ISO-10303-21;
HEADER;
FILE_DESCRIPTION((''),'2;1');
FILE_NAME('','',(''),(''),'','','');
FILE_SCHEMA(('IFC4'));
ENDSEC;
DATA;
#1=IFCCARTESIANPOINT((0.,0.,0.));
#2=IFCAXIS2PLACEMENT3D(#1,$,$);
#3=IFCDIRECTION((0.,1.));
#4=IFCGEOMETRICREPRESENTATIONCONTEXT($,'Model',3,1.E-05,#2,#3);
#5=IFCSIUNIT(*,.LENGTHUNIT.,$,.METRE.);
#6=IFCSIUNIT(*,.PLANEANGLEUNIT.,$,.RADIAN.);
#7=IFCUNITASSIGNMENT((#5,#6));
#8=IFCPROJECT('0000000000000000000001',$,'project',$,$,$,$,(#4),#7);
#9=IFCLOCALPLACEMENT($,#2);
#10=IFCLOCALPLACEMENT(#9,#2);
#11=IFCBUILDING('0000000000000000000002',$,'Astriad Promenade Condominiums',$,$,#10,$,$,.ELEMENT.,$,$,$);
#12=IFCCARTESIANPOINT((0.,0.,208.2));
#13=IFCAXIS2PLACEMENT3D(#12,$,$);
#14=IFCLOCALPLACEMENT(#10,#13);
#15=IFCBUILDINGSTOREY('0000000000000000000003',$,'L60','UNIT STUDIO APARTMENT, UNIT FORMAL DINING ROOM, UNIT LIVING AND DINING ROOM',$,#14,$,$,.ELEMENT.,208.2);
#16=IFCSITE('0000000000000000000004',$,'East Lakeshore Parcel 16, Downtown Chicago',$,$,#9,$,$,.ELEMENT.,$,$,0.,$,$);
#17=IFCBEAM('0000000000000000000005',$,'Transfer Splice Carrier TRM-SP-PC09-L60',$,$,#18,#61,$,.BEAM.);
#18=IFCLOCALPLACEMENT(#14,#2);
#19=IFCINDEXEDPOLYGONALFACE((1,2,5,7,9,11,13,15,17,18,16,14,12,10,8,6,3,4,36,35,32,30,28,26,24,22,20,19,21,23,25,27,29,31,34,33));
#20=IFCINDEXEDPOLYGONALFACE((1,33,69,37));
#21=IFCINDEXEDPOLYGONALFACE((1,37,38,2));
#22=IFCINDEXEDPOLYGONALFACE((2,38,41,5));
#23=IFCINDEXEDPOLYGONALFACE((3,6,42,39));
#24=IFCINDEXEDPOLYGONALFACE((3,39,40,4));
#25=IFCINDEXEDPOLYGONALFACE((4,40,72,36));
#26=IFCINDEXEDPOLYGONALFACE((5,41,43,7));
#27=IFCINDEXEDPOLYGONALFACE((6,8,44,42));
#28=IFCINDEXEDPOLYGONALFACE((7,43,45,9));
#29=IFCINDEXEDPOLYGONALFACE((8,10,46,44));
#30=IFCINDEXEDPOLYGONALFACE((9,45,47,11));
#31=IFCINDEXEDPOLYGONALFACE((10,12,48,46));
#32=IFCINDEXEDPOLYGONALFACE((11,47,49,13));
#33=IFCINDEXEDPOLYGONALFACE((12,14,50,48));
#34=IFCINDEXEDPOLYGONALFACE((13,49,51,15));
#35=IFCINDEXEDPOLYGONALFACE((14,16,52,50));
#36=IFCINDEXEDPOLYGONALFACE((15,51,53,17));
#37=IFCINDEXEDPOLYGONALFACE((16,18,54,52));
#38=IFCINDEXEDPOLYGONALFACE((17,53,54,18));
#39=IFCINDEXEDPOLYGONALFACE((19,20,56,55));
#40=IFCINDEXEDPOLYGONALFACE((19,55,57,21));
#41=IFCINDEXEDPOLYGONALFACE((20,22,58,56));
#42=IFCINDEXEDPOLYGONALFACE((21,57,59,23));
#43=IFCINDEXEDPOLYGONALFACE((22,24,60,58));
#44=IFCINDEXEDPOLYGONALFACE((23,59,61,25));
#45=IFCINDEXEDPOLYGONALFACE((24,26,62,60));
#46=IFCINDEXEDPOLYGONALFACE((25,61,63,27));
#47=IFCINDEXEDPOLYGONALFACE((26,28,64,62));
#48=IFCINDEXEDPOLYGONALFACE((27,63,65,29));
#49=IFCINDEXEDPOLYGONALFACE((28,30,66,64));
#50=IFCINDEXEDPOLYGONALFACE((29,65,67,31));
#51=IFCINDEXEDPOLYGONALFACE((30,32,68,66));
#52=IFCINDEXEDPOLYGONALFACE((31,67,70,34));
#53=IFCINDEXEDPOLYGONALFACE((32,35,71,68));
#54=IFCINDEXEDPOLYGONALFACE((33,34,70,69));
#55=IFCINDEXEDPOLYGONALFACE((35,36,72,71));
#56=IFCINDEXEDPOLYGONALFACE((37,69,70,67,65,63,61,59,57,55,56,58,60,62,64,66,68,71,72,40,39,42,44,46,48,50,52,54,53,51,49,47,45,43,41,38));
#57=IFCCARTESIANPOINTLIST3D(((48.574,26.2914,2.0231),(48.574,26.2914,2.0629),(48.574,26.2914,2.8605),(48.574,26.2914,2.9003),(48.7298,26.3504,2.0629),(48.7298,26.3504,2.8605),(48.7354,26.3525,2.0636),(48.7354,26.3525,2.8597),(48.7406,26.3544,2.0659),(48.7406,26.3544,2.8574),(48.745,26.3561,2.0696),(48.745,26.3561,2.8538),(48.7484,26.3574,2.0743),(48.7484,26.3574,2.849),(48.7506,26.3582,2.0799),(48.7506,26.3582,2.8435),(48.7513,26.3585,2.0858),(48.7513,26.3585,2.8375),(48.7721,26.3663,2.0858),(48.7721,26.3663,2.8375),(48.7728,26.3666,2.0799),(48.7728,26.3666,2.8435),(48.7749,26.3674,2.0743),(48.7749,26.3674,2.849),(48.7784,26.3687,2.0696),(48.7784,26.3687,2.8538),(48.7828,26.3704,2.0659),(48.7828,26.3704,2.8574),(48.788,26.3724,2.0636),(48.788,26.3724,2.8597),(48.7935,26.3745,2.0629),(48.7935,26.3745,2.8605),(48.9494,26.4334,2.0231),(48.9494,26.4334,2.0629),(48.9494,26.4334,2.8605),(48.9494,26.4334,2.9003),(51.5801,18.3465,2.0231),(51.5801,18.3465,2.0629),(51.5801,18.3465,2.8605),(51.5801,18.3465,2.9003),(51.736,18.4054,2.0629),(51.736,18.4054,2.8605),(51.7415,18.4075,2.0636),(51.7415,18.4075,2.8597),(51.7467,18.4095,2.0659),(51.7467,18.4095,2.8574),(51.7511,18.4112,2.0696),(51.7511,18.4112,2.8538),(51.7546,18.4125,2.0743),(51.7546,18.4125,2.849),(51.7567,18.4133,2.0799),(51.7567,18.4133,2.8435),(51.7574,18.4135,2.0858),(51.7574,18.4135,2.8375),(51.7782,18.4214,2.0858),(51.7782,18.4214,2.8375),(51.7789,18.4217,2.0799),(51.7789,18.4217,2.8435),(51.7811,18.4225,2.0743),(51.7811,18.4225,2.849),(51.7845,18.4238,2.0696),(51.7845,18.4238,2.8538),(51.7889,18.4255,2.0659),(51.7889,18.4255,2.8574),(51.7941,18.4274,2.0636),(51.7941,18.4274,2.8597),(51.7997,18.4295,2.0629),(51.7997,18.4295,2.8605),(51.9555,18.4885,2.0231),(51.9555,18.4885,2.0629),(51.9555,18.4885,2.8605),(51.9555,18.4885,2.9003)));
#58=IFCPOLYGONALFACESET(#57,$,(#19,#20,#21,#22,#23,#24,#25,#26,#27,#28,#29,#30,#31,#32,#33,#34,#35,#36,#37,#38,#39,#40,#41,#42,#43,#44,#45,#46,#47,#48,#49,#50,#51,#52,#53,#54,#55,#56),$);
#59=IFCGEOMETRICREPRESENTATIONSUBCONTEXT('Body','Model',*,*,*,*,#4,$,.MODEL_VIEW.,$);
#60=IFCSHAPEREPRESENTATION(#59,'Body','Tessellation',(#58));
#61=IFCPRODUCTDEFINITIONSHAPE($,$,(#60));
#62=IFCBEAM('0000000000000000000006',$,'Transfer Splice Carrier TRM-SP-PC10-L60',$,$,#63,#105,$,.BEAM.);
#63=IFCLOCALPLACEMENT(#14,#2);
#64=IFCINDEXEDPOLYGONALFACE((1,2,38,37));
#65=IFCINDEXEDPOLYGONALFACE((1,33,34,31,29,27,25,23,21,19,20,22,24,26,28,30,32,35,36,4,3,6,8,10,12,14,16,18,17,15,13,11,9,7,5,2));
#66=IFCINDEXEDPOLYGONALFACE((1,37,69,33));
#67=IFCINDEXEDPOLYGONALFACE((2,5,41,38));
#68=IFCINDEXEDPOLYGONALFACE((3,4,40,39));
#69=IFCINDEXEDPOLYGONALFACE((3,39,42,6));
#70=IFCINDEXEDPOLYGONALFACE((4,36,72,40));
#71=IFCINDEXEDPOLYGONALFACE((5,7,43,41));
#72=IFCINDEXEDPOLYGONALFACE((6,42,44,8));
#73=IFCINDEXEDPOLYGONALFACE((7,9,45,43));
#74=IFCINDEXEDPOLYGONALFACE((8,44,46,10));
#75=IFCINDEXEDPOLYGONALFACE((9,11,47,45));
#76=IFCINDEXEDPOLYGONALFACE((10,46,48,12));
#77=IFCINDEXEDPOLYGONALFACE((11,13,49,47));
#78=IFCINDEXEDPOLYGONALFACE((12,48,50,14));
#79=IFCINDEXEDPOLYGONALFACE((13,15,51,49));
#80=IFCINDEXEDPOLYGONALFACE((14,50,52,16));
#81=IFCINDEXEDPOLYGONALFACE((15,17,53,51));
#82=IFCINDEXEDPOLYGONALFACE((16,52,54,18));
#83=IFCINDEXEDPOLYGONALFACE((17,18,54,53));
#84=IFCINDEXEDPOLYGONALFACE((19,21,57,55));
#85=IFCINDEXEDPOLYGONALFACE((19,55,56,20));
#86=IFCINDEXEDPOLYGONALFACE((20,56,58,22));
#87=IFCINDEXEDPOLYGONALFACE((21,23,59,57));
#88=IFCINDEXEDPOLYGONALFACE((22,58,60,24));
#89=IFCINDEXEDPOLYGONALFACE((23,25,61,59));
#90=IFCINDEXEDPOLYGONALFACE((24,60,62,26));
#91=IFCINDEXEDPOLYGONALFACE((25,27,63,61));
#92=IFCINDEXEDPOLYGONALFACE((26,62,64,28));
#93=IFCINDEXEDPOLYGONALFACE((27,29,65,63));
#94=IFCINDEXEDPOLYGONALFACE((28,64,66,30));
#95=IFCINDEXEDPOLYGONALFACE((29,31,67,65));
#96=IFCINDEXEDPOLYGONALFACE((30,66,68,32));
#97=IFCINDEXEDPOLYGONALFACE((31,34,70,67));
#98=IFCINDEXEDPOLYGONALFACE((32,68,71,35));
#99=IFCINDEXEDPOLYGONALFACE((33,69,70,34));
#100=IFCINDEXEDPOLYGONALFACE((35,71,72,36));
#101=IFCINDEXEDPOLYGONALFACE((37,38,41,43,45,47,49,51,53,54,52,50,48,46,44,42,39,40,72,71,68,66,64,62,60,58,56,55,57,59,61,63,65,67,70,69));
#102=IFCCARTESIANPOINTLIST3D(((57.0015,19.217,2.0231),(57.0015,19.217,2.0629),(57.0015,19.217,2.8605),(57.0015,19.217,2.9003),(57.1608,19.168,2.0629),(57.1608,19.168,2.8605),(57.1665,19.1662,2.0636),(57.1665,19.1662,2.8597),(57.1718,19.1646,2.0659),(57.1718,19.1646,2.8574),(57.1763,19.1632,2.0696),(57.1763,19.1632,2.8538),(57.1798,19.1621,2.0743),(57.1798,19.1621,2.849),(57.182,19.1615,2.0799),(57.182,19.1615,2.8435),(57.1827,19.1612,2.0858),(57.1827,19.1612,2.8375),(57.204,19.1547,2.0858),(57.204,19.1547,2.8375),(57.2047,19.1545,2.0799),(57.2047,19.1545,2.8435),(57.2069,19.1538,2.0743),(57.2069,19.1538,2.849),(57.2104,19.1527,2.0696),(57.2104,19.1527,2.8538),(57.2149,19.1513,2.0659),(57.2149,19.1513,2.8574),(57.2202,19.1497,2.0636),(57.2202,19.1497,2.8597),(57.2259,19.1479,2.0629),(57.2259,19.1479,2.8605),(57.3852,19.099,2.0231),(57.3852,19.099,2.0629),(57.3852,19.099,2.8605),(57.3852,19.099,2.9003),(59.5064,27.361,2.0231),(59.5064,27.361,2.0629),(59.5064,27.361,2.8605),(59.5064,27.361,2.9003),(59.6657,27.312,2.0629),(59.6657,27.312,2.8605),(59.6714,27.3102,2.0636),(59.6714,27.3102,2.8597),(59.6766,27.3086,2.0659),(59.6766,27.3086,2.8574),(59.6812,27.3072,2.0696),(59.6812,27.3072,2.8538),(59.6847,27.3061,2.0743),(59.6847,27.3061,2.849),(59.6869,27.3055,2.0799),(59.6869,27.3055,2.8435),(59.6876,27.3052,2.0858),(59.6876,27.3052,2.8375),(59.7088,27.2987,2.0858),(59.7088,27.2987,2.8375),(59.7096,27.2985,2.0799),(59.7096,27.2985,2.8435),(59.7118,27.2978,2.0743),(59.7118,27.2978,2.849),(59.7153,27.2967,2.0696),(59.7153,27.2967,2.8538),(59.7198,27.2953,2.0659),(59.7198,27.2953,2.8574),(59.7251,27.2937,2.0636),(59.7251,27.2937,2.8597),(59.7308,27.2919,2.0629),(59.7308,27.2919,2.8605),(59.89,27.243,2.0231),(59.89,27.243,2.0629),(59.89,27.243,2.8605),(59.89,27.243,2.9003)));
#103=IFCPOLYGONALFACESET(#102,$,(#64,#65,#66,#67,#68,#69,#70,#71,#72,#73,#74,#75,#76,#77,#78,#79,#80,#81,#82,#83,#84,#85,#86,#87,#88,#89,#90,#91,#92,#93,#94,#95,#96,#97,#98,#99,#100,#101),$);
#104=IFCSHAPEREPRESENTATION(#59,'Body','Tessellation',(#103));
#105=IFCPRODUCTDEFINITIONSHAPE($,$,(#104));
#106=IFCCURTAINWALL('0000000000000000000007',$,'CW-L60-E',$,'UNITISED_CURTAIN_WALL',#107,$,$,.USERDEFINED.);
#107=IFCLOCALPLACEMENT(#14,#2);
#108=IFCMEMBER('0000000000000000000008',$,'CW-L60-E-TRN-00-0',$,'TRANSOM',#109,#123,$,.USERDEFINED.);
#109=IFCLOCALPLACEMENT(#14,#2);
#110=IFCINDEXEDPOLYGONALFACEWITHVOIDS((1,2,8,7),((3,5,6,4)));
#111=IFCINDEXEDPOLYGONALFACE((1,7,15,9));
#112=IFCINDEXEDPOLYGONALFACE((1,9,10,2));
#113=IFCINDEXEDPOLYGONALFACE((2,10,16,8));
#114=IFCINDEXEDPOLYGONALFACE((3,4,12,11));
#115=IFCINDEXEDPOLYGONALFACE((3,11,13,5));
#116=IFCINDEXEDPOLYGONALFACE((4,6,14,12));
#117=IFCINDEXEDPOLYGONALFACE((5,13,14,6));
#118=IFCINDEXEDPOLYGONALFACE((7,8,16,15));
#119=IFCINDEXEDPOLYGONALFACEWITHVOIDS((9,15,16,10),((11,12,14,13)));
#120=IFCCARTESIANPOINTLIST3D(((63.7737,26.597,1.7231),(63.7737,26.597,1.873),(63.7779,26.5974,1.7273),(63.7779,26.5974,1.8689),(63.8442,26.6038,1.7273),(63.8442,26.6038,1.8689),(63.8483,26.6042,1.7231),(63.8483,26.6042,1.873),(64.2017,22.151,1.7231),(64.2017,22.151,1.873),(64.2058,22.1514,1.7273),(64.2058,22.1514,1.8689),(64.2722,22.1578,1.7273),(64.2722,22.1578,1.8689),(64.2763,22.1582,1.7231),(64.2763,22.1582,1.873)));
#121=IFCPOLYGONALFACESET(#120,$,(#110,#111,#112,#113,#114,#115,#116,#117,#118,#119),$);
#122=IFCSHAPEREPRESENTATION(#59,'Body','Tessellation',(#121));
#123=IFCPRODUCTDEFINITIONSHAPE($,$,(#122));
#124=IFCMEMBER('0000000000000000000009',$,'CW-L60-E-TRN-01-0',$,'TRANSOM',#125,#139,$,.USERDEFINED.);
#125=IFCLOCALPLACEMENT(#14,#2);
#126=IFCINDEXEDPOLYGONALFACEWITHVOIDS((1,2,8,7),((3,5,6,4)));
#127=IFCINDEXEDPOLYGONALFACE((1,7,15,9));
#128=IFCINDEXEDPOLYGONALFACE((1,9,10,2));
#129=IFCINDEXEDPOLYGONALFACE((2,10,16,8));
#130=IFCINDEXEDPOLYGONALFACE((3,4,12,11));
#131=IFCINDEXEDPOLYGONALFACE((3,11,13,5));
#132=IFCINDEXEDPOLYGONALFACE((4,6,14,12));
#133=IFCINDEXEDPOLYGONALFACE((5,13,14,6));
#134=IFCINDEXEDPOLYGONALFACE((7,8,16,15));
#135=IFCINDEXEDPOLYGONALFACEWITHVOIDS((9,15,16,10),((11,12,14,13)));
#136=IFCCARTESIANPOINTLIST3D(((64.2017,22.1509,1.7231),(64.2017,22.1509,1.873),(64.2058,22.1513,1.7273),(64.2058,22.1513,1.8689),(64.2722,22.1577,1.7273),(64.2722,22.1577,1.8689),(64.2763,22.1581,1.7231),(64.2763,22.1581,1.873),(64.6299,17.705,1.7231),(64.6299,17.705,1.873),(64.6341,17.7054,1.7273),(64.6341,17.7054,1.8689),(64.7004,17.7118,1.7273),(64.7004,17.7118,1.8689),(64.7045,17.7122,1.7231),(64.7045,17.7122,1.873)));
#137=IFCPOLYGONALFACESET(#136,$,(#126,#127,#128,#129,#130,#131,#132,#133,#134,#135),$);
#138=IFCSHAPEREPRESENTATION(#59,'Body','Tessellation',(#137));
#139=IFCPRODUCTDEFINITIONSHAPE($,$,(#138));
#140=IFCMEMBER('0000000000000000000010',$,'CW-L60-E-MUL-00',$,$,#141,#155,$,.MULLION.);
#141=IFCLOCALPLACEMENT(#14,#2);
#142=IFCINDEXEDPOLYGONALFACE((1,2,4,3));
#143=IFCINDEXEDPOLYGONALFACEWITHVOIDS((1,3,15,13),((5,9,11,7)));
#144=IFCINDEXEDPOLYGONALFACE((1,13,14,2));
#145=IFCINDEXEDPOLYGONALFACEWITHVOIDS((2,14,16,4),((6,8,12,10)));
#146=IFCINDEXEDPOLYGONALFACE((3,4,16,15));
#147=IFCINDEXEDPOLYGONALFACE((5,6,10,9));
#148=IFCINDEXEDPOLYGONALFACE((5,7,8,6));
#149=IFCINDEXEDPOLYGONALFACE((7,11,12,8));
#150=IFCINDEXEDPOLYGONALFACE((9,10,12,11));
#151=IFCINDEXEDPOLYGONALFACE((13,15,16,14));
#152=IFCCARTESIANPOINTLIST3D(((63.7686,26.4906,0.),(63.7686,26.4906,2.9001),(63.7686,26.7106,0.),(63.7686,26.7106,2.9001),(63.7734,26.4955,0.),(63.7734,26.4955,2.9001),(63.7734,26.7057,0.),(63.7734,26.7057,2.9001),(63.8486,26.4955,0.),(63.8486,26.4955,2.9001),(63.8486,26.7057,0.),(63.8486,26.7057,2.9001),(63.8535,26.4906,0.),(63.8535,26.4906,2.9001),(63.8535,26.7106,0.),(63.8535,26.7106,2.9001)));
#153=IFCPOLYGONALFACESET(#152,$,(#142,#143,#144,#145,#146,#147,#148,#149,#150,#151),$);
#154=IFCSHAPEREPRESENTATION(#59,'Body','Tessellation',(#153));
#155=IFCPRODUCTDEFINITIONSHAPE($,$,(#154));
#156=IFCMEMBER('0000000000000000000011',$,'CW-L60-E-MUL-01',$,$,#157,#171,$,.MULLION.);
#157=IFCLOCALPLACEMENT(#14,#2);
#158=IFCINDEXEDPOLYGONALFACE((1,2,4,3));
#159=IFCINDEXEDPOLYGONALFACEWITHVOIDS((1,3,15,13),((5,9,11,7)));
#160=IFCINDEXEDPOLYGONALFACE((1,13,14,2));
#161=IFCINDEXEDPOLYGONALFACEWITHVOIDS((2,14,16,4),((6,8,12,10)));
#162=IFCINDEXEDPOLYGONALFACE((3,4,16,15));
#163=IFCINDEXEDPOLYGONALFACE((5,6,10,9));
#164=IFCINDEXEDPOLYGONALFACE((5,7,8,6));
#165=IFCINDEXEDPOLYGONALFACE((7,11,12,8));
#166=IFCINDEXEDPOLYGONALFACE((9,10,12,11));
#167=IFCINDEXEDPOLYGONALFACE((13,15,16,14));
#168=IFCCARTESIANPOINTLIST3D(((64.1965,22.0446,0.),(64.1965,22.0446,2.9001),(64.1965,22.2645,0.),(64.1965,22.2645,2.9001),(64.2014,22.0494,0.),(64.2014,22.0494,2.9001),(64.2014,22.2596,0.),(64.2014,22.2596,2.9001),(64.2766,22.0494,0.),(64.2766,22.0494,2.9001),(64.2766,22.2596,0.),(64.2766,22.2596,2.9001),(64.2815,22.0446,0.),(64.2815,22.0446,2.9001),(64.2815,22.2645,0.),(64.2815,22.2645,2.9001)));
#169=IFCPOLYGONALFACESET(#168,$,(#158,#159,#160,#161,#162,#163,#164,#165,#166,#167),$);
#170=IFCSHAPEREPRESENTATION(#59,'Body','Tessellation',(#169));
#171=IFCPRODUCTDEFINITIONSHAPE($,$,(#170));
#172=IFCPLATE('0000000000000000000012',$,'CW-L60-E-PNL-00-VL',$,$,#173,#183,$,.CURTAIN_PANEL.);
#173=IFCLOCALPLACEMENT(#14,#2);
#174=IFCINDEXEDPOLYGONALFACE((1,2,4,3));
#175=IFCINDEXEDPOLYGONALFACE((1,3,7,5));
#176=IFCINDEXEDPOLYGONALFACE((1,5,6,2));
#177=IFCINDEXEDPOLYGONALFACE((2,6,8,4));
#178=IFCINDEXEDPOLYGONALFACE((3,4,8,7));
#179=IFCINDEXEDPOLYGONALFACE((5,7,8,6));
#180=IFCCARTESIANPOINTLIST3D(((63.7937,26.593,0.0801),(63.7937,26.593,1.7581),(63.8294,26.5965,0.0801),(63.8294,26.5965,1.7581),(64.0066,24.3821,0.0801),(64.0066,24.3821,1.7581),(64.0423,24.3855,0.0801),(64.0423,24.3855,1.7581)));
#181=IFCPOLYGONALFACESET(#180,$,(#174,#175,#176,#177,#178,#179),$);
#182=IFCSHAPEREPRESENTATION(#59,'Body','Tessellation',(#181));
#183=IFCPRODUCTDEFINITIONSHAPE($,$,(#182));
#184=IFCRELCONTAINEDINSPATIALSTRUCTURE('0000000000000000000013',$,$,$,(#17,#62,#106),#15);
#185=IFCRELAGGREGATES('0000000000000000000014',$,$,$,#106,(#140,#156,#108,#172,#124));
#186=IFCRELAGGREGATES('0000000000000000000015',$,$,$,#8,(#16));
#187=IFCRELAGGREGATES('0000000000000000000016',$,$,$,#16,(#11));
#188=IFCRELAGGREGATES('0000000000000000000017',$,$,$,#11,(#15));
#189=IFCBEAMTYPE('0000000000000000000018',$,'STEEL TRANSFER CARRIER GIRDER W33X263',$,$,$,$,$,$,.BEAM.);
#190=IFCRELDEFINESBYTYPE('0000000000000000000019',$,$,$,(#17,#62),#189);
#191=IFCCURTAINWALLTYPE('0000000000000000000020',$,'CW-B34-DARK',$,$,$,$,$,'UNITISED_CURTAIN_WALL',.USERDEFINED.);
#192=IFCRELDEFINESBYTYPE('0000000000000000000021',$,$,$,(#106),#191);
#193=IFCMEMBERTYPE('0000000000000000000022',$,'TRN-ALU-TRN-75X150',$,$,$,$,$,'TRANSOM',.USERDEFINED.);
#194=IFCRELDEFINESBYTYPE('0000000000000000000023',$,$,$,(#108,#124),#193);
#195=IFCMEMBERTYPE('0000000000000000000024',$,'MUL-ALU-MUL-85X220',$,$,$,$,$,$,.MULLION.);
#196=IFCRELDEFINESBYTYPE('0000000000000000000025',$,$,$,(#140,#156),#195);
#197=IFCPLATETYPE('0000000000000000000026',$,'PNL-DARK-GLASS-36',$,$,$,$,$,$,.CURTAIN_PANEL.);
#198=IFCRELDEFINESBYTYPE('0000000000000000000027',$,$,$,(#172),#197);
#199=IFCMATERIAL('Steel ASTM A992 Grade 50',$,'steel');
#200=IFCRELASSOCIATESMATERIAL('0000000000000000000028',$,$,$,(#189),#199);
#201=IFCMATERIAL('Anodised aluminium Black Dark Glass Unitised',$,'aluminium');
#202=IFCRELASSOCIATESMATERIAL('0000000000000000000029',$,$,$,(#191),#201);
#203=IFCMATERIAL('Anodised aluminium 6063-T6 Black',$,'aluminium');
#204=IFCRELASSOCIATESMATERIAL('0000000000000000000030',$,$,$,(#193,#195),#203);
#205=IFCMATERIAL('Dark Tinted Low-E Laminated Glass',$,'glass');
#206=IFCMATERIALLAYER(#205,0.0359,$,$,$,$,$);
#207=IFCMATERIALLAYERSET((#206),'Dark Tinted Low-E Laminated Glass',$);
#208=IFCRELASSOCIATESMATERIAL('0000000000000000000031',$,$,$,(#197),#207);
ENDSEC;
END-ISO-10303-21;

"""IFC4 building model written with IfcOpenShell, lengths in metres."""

from ifc_helpers import new_model, si_unit, direction, frame, origin, origin_2d, place, context, subcontext, project, spatial, rectangle, hollow_rectangle, i_section, extrude, source, transform, mapped, material, layer, layer_set, material_profile, profile_set, type_object, type_shapes, element, aggregate, save


model = new_model("IFC4")

# Units and contexts
model_context = context("Model", 3, precision=1e-05, world=origin(), true_north=direction((0.0, 1.0)))
body_context = subcontext(model_context, "Body", "Model", "MODEL_VIEW")
ifc_project = project(units=[si_unit("LENGTHUNIT", "METRE"), si_unit("PLANEANGLEUNIT", "RADIAN")], contexts=[model_context])

# Site, building, storey
site_placement = place(None, origin())
site = spatial("IfcSite", under=ifc_project, at=site_placement, Name="East Lakeshore Parcel 16, Downtown Chicago", CompositionType="ELEMENT", RefElevation=0.0)
building_placement = place(site_placement, origin())
building = spatial("IfcBuilding", under=site, at=building_placement, Name="Astriad Promenade Condominiums", CompositionType="ELEMENT")
storey_placement = place(building_placement, frame((0.0, 0.0, 208.2)))
storey = spatial("IfcBuildingStorey", under=building, at=storey_placement, Name="L60", Description="UNIT STUDIO APARTMENT, UNIT FORMAL DINING ROOM, UNIT LIVING AND DINING ROOM", CompositionType="ELEMENT", Elevation=208.2)

# Beams
ifc_material_1 = material(Name="Steel ASTM A992 Grade 50", Category="steel")
ifc_material_profile_1 = material_profile(ifc_material_1, i_section(OverallWidth=0.4014, OverallDepth=0.8772, WebThickness=0.0222, FlangeThickness=0.0398, FilletRadius=0.0229, at=origin_2d()), Name="W33X263")
ifc_profile_set_1 = profile_set([ifc_material_profile_1], Name="Steel ASTM A992 Grade 50")
beam_type_1 = type_object("IfcBeamType", Name="STEEL TRANSFER CARRIER GIRDER W33X263", PredefinedType="BEAM", material=ifc_profile_set_1)
shared_shape_1 = source(origin(), body_context, "Body", "SweptSolid", [
    extrude(i_section(OverallWidth=0.4014, OverallDepth=0.8772, WebThickness=0.0222, FlangeThickness=0.0398, FilletRadius=0.0229, at=origin_2d()), origin(), (0.0, 0.0, 1.0), 8.4946),
])
beam_1_placement = place(storey_placement, frame((51.7678, 18.4175, 2.4617), z_axis=(-0.353887, 0.935288, 0.0), x_axis=(-0.935288, -0.353887, 0.0)))
element("IfcBeam", 1, at=beam_1_placement, inside=storey, type_object=beam_type_1, Name="Transfer Splice Carrier TRM-SP-PC09-L60", PredefinedType="BEAM", context=body_context, shape_type="MappedRepresentation", body=[
    mapped(shared_shape_1, transform((0.0, 0.0, 0.0), scale=1.0)),
])
shared_shape_2 = source(origin(), body_context, "Body", "SweptSolid", [
    extrude(i_section(OverallWidth=0.4014, OverallDepth=0.8772, WebThickness=0.0222, FlangeThickness=0.0398, FilletRadius=0.0229, at=origin_2d()), origin(), (0.0, 0.0, 1.0), 8.5205),
])
type_shapes(beam_type_1, [shared_shape_1, shared_shape_2])
beam_2_placement = place(storey_placement, frame((57.1934, 19.158, 2.4617), z_axis=(0.293981, 0.955811, 0.0), x_axis=(-0.955811, 0.293981, 0.0)))
element("IfcBeam", 2, at=beam_2_placement, inside=storey, type_object=beam_type_1, Name="Transfer Splice Carrier TRM-SP-PC10-L60", PredefinedType="BEAM", context=body_context, shape_type="MappedRepresentation", body=[
    mapped(shared_shape_2, transform((0.0, 0.0, 0.0), scale=1.0)),
])

# Curtain wall, members, plate
ifc_material_2 = material(Name="Anodised aluminium Black Dark Glass Unitised", Category="aluminium")
curtain_wall_type = type_object("IfcCurtainWallType", Name="CW-B34-DARK", ElementType="UNITISED_CURTAIN_WALL", PredefinedType="USERDEFINED", material=ifc_material_2)
curtain_wall_placement = place(storey_placement, origin())
curtain_wall = element("IfcCurtainWall", 3, at=curtain_wall_placement, inside=storey, type_object=curtain_wall_type, Name="CW-L60-E", ObjectType="UNITISED_CURTAIN_WALL", PredefinedType="USERDEFINED")
ifc_material_3 = material(Name="Anodised aluminium 6063-T6 Black", Category="aluminium")
ifc_material_profile_2 = material_profile(ifc_material_3, hollow_rectangle(XDim=0.075, YDim=0.1499, WallThickness=0.0042, at=origin_2d()), Name="ALU-TRN-75X150")
ifc_profile_set_2 = profile_set([ifc_material_profile_2], Name="Anodised aluminium 6063-T6 Black")
member_type_1 = type_object("IfcMemberType", Name="TRN-ALU-TRN-75X150", ElementType="TRANSOM", PredefinedType="USERDEFINED", material=ifc_profile_set_2)
shared_shape_3 = source(origin(), body_context, "Body", "SweptSolid", [
    extrude(hollow_rectangle(XDim=0.075, YDim=0.1499, WallThickness=0.0042, at=origin_2d()), origin(), (0.0, 0.0, 1.0), 4.4666),
])
type_shapes(member_type_1, [shared_shape_3])
member_1_placement = place(storey_placement, frame((63.811, 26.6006, 1.7981), z_axis=(0.095818, -0.995399, 0.0), x_axis=(0.995399, 0.095818, 0.0)))
member_1 = element("IfcMember", 4, at=member_1_placement, type_object=member_type_1, Name="CW-L60-E-TRN-00-0", ObjectType="TRANSOM", PredefinedType="USERDEFINED", context=body_context, shape_type="MappedRepresentation", body=[
    mapped(shared_shape_3, transform((0.0, 0.0, 0.0), scale=1.0)),
])
member_2_placement = place(storey_placement, frame((64.239, 22.1545, 1.7981), z_axis=(0.095872, -0.995394, 0.0), x_axis=(0.995394, 0.095872, 0.0)))
member_2 = element("IfcMember", 5, at=member_2_placement, type_object=member_type_1, Name="CW-L60-E-TRN-01-0", ObjectType="TRANSOM", PredefinedType="USERDEFINED", context=body_context, shape_type="MappedRepresentation", body=[
    mapped(shared_shape_3, transform((0.0, 0.0, 0.0), scale=1.0)),
])
ifc_material_profile_3 = material_profile(ifc_material_3, hollow_rectangle(XDim=0.085, YDim=0.22, WallThickness=0.0049, at=origin_2d()), Name="ALU-MUL-85X220")
ifc_profile_set_3 = profile_set([ifc_material_profile_3], Name="Anodised aluminium 6063-T6 Black")
member_type_2 = type_object("IfcMemberType", Name="MUL-ALU-MUL-85X220", PredefinedType="MULLION", material=ifc_profile_set_3)
shared_shape_4 = source(origin(), body_context, "Body", "SweptSolid", [
    extrude(hollow_rectangle(XDim=0.085, YDim=0.22, WallThickness=0.0049, at=origin_2d()), origin(), (0.0, 0.0, 1.0), 2.9001),
])
type_shapes(member_type_2, [shared_shape_4])
member_3_placement = place(storey_placement, frame((63.811, 26.6006, 0.0), z_axis=(0.0, 0.0, 1.0), x_axis=(1.0, 0.0, 0.0)))
member_3 = element("IfcMember", 6, at=member_3_placement, type_object=member_type_2, Name="CW-L60-E-MUL-00", PredefinedType="MULLION", context=body_context, shape_type="MappedRepresentation", body=[
    mapped(shared_shape_4, transform((0.0, 0.0, 0.0), scale=1.0)),
])
member_4_placement = place(storey_placement, frame((64.239, 22.1545, 0.0), z_axis=(0.0, 0.0, 1.0), x_axis=(1.0, 0.0, 0.0)))
member_4 = element("IfcMember", 7, at=member_4_placement, type_object=member_type_2, Name="CW-L60-E-MUL-01", PredefinedType="MULLION", context=body_context, shape_type="MappedRepresentation", body=[
    mapped(shared_shape_4, transform((0.0, 0.0, 0.0), scale=1.0)),
])
ifc_material_4 = material(Name="Dark Tinted Low-E Laminated Glass", Category="glass")
ifc_layer_1 = layer(ifc_material_4, 0.0359)
ifc_layer_set_1 = layer_set([ifc_layer_1], Name="Dark Tinted Low-E Laminated Glass")
plate_type = type_object("IfcPlateType", Name="PNL-DARK-GLASS-36", PredefinedType="CURTAIN_PANEL", material=ifc_layer_set_1)
shared_shape_5 = source(origin(), body_context, "Body", "SweptSolid", [
    extrude(rectangle(XDim=2.2212, YDim=0.0359, at=origin_2d()), origin(), (0.0, 0.0, 1.0), 1.678),
])
plate_1_placement = place(storey_placement, frame((63.918, 25.4893, 0.0801), z_axis=(0.0, 0.0, 1.0), x_axis=(0.095846, -0.995396, 0.0)))
plate_1 = element("IfcPlate", 8, at=plate_1_placement, type_object=plate_type, Name="CW-L60-E-PNL-00-VL", PredefinedType="CURTAIN_PANEL", context=body_context, shape_type="MappedRepresentation", body=[
    mapped(shared_shape_5, transform((0.0, 0.0, 0.0), scale=1.0)),
])
aggregate(curtain_wall, [member_3, member_4, member_1, plate_1, member_2])

save(model, "model.ifc")
